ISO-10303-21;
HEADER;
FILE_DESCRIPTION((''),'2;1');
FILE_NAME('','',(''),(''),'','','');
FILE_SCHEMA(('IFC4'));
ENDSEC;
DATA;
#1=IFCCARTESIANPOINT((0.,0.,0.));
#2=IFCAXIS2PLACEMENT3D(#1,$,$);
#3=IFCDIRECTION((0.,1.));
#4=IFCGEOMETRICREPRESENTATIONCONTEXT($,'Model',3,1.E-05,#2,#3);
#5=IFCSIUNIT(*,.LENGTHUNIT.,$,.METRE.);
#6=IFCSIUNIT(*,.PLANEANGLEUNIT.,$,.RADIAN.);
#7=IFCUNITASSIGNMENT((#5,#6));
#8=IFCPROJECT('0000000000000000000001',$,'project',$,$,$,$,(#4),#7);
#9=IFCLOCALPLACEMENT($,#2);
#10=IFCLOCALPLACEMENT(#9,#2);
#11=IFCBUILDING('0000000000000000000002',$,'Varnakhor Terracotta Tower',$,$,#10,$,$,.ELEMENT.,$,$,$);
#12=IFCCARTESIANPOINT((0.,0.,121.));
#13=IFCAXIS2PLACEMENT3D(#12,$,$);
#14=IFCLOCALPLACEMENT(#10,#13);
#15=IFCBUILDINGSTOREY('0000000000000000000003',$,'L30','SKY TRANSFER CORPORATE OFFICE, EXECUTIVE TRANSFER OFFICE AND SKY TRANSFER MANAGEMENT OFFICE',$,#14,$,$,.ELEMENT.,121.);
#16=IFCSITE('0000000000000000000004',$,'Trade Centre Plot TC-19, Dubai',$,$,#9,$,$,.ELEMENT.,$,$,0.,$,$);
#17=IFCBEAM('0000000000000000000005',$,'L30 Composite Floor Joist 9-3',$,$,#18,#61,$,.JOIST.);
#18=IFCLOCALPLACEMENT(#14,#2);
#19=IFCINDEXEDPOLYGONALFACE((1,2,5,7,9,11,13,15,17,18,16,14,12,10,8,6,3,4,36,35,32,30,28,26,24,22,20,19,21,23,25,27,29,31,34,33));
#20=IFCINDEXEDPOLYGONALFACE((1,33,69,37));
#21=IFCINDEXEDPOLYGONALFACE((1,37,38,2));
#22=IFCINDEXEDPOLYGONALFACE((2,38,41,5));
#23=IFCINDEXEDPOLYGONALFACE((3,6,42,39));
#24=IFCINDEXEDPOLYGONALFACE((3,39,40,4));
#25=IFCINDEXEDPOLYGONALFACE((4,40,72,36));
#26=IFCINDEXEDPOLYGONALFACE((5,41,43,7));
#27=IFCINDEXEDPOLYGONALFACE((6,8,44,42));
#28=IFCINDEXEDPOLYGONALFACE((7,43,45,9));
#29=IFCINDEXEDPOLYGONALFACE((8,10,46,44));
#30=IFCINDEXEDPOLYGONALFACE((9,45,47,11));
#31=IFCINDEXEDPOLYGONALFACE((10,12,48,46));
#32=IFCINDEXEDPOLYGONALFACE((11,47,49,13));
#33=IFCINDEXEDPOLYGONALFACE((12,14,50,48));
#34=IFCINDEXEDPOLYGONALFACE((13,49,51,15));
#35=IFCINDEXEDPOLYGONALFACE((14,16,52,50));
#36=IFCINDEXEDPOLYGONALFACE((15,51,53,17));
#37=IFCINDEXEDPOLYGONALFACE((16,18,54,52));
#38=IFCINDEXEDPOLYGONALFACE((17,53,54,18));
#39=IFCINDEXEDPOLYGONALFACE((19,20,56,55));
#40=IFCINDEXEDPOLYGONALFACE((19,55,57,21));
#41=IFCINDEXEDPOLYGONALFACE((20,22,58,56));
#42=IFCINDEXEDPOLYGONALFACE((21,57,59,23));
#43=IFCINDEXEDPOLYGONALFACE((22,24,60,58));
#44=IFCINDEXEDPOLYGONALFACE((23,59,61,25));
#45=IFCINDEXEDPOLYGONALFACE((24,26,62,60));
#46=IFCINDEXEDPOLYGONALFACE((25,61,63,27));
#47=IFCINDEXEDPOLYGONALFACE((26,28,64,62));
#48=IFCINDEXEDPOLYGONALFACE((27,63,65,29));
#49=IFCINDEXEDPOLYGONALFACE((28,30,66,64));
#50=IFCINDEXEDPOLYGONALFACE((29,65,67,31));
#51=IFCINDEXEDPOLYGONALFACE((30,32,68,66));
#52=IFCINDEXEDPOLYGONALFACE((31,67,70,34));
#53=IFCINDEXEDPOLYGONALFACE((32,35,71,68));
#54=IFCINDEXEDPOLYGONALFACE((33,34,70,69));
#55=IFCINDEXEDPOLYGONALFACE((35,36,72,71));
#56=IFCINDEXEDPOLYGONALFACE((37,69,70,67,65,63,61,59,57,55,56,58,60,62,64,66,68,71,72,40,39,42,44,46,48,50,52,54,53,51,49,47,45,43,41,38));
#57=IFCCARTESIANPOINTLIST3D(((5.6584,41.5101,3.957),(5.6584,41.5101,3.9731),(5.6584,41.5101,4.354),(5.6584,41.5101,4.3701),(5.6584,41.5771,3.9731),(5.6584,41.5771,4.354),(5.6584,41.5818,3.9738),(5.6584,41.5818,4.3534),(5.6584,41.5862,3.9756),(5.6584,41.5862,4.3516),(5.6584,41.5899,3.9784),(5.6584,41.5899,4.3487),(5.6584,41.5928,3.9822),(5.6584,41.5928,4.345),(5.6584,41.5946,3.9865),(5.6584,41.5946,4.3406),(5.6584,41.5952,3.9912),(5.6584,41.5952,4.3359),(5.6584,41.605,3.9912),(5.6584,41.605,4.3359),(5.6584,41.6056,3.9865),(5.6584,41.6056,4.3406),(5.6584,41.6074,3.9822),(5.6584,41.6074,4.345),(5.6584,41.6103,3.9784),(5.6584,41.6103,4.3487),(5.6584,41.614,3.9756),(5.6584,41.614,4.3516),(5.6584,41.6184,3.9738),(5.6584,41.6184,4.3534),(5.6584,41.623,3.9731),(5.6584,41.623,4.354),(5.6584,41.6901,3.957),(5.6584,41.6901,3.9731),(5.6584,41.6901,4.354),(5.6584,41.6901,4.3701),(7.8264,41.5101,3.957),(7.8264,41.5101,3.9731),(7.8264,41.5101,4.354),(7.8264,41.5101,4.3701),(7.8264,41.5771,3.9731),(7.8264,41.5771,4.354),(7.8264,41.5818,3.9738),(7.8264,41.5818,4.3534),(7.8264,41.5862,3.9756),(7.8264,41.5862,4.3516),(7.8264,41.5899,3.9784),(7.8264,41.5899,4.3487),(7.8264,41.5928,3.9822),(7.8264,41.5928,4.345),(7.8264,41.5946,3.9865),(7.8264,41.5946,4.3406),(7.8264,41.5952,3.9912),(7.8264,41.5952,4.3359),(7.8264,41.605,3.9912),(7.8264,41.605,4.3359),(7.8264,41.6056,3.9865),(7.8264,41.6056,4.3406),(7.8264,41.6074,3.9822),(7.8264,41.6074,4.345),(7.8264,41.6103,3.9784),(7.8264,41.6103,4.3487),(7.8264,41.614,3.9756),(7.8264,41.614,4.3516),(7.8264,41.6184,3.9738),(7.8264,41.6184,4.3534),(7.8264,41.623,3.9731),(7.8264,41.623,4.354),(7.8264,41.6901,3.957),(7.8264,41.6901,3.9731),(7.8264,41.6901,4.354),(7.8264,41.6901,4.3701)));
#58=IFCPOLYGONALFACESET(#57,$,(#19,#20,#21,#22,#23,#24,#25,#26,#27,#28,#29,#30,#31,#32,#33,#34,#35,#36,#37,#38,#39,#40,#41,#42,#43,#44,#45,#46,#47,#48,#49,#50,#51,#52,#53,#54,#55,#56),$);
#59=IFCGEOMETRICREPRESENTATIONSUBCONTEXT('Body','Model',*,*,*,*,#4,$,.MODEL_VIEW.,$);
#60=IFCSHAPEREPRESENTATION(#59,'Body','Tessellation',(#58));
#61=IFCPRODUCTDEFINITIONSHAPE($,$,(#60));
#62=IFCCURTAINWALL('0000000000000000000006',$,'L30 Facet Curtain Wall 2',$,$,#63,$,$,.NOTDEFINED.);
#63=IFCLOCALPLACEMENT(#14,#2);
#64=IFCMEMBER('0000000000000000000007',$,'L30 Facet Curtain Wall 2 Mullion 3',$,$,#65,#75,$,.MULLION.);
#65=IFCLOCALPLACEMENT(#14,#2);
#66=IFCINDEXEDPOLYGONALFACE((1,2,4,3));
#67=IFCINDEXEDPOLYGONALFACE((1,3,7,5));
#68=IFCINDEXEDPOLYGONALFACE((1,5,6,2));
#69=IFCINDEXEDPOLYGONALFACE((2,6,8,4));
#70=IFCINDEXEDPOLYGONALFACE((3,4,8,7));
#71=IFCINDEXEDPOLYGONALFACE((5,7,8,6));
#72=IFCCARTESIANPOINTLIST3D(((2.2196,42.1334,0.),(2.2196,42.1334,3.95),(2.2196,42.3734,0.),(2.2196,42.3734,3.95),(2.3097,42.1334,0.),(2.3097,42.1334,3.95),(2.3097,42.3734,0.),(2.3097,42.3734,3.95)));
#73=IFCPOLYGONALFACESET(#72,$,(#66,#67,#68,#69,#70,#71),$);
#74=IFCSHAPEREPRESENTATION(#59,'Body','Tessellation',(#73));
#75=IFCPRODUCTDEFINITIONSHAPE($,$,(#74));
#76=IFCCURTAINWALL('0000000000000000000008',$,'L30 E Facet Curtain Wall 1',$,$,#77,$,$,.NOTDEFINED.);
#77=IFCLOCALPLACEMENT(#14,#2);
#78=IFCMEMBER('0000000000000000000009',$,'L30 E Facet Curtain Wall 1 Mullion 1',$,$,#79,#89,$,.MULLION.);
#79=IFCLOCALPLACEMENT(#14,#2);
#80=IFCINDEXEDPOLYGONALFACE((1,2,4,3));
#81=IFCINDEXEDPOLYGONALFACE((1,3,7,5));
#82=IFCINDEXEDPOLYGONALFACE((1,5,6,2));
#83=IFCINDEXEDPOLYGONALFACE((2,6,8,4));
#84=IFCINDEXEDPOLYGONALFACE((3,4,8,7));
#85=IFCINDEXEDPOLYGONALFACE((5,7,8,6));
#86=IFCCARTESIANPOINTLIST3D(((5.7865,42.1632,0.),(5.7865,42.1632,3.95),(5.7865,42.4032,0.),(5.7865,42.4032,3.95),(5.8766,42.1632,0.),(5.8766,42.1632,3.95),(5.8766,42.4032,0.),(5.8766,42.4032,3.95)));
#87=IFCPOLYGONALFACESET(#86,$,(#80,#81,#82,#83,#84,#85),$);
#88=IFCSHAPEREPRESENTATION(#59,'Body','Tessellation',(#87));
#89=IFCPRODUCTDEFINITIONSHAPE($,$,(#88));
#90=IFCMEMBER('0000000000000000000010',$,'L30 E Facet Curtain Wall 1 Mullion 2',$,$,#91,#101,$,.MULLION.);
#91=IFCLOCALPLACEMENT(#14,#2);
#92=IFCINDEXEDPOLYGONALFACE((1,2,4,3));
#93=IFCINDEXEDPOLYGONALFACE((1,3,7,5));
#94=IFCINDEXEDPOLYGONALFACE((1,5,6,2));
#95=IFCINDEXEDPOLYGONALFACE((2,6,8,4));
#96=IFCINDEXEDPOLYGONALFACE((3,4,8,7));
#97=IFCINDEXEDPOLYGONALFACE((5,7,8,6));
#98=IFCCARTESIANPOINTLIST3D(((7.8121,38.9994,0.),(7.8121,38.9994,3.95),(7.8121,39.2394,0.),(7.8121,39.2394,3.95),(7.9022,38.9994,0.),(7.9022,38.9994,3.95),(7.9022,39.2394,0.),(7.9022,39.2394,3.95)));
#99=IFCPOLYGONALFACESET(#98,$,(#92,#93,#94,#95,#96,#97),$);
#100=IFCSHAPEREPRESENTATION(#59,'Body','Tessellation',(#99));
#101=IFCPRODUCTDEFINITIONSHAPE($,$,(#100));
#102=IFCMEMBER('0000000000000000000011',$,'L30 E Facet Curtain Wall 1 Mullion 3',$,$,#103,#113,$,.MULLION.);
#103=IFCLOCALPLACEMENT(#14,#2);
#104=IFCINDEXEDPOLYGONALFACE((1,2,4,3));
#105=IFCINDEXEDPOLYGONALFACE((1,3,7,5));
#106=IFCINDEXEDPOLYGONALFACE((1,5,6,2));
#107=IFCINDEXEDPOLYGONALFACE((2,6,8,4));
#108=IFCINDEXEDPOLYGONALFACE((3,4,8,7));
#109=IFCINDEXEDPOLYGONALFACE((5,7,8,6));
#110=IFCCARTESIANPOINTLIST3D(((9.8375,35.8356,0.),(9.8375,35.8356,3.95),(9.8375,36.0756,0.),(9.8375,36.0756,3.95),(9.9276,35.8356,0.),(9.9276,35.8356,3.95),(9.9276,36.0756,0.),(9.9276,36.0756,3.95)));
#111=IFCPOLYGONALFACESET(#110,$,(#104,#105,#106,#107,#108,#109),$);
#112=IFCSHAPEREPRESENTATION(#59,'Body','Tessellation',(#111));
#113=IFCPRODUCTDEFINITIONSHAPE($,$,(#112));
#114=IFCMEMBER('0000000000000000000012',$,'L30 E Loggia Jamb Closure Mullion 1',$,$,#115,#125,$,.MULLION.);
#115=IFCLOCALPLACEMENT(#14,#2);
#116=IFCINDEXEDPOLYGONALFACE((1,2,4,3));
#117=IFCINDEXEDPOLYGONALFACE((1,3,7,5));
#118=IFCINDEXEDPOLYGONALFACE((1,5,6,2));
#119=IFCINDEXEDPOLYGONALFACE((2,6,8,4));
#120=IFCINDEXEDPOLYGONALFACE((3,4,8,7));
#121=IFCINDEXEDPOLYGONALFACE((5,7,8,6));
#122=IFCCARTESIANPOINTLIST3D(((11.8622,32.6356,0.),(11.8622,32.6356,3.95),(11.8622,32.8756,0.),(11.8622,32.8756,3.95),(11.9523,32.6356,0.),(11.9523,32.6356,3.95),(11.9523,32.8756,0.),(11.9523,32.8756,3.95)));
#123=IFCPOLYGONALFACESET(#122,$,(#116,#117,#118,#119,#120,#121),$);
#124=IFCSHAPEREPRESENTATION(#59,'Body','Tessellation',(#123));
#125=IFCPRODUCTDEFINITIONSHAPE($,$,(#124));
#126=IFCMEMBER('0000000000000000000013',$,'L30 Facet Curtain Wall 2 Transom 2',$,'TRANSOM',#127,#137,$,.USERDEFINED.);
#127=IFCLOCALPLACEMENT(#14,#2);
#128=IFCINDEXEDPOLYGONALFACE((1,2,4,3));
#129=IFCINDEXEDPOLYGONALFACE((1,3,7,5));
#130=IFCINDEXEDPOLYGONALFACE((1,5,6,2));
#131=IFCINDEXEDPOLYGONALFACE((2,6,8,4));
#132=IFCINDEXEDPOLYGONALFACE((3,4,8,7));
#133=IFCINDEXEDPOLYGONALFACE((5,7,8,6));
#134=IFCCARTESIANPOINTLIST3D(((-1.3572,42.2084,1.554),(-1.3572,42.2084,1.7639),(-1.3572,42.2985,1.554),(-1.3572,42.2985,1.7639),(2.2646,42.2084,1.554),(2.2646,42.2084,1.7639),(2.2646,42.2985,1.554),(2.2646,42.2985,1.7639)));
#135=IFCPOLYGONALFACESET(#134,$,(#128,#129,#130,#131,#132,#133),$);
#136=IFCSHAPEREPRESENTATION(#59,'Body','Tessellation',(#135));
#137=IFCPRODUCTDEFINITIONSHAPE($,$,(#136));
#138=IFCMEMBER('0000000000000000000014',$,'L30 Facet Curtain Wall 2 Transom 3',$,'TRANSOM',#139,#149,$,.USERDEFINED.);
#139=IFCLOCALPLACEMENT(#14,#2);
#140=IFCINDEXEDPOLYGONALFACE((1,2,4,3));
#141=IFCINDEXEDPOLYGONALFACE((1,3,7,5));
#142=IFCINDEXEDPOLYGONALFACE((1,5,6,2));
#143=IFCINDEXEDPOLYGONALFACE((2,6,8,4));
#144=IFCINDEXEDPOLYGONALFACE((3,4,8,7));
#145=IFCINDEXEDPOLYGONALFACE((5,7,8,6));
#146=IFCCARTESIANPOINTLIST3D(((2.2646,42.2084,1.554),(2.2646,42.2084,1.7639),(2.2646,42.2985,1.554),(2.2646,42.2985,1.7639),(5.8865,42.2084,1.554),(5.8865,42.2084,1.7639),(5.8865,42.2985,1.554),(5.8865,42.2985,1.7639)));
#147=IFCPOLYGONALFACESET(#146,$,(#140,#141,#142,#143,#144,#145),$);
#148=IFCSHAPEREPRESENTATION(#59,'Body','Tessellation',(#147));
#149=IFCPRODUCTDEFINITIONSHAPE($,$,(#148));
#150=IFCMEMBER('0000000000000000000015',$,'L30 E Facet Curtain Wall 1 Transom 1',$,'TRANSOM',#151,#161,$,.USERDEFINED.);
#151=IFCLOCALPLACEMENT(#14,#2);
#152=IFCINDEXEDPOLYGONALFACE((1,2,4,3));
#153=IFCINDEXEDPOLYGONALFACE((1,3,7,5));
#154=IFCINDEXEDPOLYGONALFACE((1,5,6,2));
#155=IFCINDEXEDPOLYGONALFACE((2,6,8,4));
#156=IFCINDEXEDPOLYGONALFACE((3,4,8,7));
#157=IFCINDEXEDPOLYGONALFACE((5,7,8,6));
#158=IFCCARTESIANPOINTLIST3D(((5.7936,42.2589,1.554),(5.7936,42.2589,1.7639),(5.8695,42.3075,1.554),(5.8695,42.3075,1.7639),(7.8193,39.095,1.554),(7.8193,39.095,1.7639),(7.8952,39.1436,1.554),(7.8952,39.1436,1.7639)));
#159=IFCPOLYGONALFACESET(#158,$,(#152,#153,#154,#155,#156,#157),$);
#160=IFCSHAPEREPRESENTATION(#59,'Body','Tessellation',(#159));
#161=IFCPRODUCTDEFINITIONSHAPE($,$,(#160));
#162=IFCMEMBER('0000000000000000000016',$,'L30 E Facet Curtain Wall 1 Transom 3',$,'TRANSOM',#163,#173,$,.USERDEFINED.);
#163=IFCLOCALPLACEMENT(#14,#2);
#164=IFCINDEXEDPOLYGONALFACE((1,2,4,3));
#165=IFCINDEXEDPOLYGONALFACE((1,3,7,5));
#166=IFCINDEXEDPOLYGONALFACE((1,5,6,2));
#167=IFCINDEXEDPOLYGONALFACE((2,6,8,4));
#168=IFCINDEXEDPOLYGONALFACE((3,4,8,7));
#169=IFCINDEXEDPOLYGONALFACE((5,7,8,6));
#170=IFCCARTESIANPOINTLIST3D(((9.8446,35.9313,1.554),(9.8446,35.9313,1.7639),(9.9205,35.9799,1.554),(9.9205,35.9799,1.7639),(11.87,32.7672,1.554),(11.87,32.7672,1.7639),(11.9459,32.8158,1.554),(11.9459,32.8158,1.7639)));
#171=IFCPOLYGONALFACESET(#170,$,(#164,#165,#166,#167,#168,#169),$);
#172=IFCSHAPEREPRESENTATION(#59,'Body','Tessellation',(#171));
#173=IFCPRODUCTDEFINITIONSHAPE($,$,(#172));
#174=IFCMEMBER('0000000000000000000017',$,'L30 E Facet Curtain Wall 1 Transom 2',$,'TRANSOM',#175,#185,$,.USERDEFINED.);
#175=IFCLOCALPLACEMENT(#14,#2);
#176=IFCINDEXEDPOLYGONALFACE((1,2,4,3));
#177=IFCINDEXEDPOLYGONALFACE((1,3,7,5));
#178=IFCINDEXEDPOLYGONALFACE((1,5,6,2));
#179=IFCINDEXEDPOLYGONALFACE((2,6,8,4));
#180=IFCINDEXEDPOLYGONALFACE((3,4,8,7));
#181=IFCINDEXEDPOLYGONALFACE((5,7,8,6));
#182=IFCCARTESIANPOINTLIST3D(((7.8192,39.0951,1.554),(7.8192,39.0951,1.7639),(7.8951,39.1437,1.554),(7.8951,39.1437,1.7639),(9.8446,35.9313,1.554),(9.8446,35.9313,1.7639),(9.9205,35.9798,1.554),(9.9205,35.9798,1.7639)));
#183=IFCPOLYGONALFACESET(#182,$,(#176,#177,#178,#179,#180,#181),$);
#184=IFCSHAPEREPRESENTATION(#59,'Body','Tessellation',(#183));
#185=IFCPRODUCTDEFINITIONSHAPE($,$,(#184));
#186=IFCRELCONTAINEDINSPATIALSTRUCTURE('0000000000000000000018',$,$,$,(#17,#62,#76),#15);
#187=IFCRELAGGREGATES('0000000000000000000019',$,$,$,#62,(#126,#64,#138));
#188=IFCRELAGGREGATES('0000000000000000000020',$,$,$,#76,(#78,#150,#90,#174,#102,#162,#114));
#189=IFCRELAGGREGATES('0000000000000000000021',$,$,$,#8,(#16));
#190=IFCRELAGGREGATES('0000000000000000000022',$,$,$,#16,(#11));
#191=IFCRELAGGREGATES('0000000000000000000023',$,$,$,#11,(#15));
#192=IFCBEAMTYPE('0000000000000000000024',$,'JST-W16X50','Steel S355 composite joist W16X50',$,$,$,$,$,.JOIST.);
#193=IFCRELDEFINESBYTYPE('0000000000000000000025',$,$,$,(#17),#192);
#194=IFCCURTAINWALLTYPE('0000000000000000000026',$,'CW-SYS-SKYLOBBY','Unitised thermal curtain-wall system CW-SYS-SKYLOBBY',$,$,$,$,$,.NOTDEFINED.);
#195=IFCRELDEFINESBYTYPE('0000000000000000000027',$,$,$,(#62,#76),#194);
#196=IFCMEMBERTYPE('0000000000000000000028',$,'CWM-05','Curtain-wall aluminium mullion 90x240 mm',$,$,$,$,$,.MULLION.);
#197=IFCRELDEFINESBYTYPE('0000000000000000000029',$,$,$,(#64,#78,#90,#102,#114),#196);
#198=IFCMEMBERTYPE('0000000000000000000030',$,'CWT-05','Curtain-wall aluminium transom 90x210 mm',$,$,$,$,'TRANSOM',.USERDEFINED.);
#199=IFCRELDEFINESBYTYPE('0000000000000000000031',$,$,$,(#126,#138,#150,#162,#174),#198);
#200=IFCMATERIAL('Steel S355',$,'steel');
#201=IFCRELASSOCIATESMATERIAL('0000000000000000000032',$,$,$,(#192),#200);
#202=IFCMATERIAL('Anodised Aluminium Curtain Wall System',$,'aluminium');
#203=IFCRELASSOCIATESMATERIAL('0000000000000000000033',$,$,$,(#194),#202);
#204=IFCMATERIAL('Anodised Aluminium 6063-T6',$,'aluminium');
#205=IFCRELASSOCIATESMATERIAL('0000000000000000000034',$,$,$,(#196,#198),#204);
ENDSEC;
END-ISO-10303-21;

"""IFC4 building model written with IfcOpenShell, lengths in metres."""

from ifc_helpers import new_model, si_unit, direction, frame, origin, origin_2d, place, context, subcontext, project, spatial, rectangle, i_section, extrude, source, transform, mapped, material, material_profile, profile_set, type_object, type_shapes, element, aggregate, save


model = new_model("IFC4")

# Units and contexts
model_context = context("Model", 3, precision=1e-05, world=origin(), true_north=direction((0.0, 1.0)))
body_context = subcontext(model_context, "Body", "Model", "MODEL_VIEW")
ifc_project = project(units=[si_unit("LENGTHUNIT", "METRE"), si_unit("PLANEANGLEUNIT", "RADIAN")], contexts=[model_context])

# Site, building, storey
site_placement = place(None, origin())
site = spatial("IfcSite", under=ifc_project, at=site_placement, Name="Trade Centre Plot TC-19, Dubai", CompositionType="ELEMENT", RefElevation=0.0)
building_placement = place(site_placement, origin())
building = spatial("IfcBuilding", under=site, at=building_placement, Name="Varnakhor Terracotta Tower", CompositionType="ELEMENT")
storey_placement = place(building_placement, frame((0.0, 0.0, 121.0)))
storey = spatial("IfcBuildingStorey", under=building, at=storey_placement, Name="L30", Description="SKY TRANSFER CORPORATE OFFICE, EXECUTIVE TRANSFER OFFICE AND SKY TRANSFER MANAGEMENT OFFICE", CompositionType="ELEMENT", Elevation=121.0)

# Beam
ifc_material_1 = material(Name="Steel S355", Category="steel")
ifc_material_profile_1 = material_profile(ifc_material_1, i_section(OverallWidth=0.1799, OverallDepth=0.4131, WebThickness=0.0098, FlangeThickness=0.0161, FilletRadius=0.0181, at=origin_2d()), Name="W16X50")
ifc_profile_set_1 = profile_set([ifc_material_profile_1], Name="Steel S355")
beam_type_1 = type_object("IfcBeamType", Name="JST-W16X50", Description="Steel S355 composite joist W16X50", PredefinedType="JOIST", material=ifc_profile_set_1)
shared_shape_1 = source(origin(), body_context, "Body", "SweptSolid", [
    extrude(i_section(OverallWidth=0.1799, OverallDepth=0.4131, WebThickness=0.0098, FlangeThickness=0.0161, FilletRadius=0.0181, at=origin_2d()), origin(), (0.0, 0.0, 1.0), 2.168),
])
beam_1_placement = place(storey_placement, frame((5.6584, 41.6001, 4.1636), z_axis=(1.0, 0.0, 0.0), x_axis=(0.0, 1.0, 0.0)))
element("IfcBeam", 1, at=beam_1_placement, inside=storey, type_object=beam_type_1, Name="L30 Composite Floor Joist 9-3", PredefinedType="JOIST", context=body_context, shape_type="MappedRepresentation", body=[
    mapped(shared_shape_1, transform((0.0, 0.0, 0.0), scale=1.0)),
])

# Curtain wall, member
ifc_material_2 = material(Name="Anodised Aluminium Curtain Wall System", Category="aluminium")
curtain_wall_type = type_object("IfcCurtainWallType", Name="CW-SYS-SKYLOBBY", Description="Unitised thermal curtain-wall system CW-SYS-SKYLOBBY", PredefinedType="NOTDEFINED", material=ifc_material_2)
curtain_wall_1_placement = place(storey_placement, origin())
curtain_wall_1 = element("IfcCurtainWall", 2, at=curtain_wall_1_placement, inside=storey, type_object=curtain_wall_type, Name="L30 Facet Curtain Wall 2", PredefinedType="NOTDEFINED")
ifc_material_3 = material(Name="Anodised Aluminium 6063-T6", Category="aluminium")
ifc_material_profile_2 = material_profile(ifc_material_3, rectangle(XDim=0.0901, YDim=0.24, at=origin_2d()), Name="ALU MULLION 90x240")
ifc_profile_set_2 = profile_set([ifc_material_profile_2], Name="Anodised Aluminium 6063-T6")
member_type_1 = type_object("IfcMemberType", Name="CWM-05", Description="Curtain-wall aluminium mullion 90x240 mm", PredefinedType="MULLION", material=ifc_profile_set_2)
shared_shape_2 = source(origin(), body_context, "Body", "SweptSolid", [
    extrude(rectangle(XDim=0.0901, YDim=0.24, at=origin_2d()), origin(), (0.0, 0.0, 1.0), 3.95),
])
type_shapes(member_type_1, [shared_shape_2])
member_1_placement = place(storey_placement, frame((2.2646, 42.2534, 0.0), z_axis=(0.0, 0.0, 1.0), x_axis=(1.0, 0.0, 0.0)))
member_1 = element("IfcMember", 3, at=member_1_placement, type_object=member_type_1, Name="L30 Facet Curtain Wall 2 Mullion 3", PredefinedType="MULLION", context=body_context, shape_type="MappedRepresentation", body=[
    mapped(shared_shape_2, transform((0.0, 0.0, 0.0), scale=1.0)),
])

# Curtain wall, members
curtain_wall_2_placement = place(storey_placement, origin())
curtain_wall_2 = element("IfcCurtainWall", 4, at=curtain_wall_2_placement, inside=storey, type_object=curtain_wall_type, Name="L30 E Facet Curtain Wall 1", PredefinedType="NOTDEFINED")
member_2_placement = place(storey_placement, frame((5.8315, 42.2832, 0.0), z_axis=(0.0, 0.0, 1.0), x_axis=(1.0, 0.0, 0.0)))
member_2 = element("IfcMember", 5, at=member_2_placement, type_object=member_type_1, Name="L30 E Facet Curtain Wall 1 Mullion 1", PredefinedType="MULLION", context=body_context, shape_type="MappedRepresentation", body=[
    mapped(shared_shape_2, transform((0.0, 0.0, 0.0), scale=1.0)),
])
member_3_placement = place(storey_placement, frame((7.8572, 39.1194, 0.0), z_axis=(0.0, 0.0, 1.0), x_axis=(1.0, 0.0, 0.0)))
member_3 = element("IfcMember", 6, at=member_3_placement, type_object=member_type_1, Name="L30 E Facet Curtain Wall 1 Mullion 2", PredefinedType="MULLION", context=body_context, shape_type="MappedRepresentation", body=[
    mapped(shared_shape_2, transform((0.0, 0.0, 0.0), scale=1.0)),
])
member_4_placement = place(storey_placement, frame((9.8826, 35.9556, 0.0), z_axis=(0.0, 0.0, 1.0), x_axis=(1.0, 0.0, 0.0)))
member_4 = element("IfcMember", 7, at=member_4_placement, type_object=member_type_1, Name="L30 E Facet Curtain Wall 1 Mullion 3", PredefinedType="MULLION", context=body_context, shape_type="MappedRepresentation", body=[
    mapped(shared_shape_2, transform((0.0, 0.0, 0.0), scale=1.0)),
])
member_5_placement = place(storey_placement, frame((11.9072, 32.7556, 0.0), z_axis=(0.0, 0.0, 1.0), x_axis=(1.0, 0.0, 0.0)))
member_5 = element("IfcMember", 8, at=member_5_placement, type_object=member_type_1, Name="L30 E Loggia Jamb Closure Mullion 1", PredefinedType="MULLION", context=body_context, shape_type="MappedRepresentation", body=[
    mapped(shared_shape_2, transform((0.0, 0.0, 0.0), scale=1.0)),
])

# Members
ifc_material_profile_3 = material_profile(ifc_material_3, rectangle(XDim=0.0901, YDim=0.21, at=origin_2d()), Name="ALU TRANSOM 90x210")
ifc_profile_set_3 = profile_set([ifc_material_profile_3], Name="Anodised Aluminium 6063-T6")
member_type_2 = type_object("IfcMemberType", Name="CWT-05", Description="Curtain-wall aluminium transom 90x210 mm", ElementType="TRANSOM", PredefinedType="USERDEFINED", material=ifc_profile_set_3)
shared_shape_3 = source(origin(), body_context, "Body", "SweptSolid", [
    extrude(rectangle(XDim=0.0901, YDim=0.21, at=origin_2d()), origin(), (0.0, 0.0, 1.0), 3.6218),
])
member_6_placement = place(storey_placement, frame((-1.3572, 42.2534, 1.6589), z_axis=(1.0, 0.0, 0.0), x_axis=(0.0, 1.0, 0.0)))
member_6 = element("IfcMember", 9, at=member_6_placement, type_object=member_type_2, Name="L30 Facet Curtain Wall 2 Transom 2", ObjectType="TRANSOM", PredefinedType="USERDEFINED", context=body_context, shape_type="MappedRepresentation", body=[
    mapped(shared_shape_3, transform((0.0, 0.0, 0.0), scale=1.0)),
])
member_7_placement = place(storey_placement, frame((2.2646, 42.2534, 1.6589), z_axis=(1.0, 0.0, 0.0), x_axis=(0.0, 1.0, 0.0)))
member_7 = element("IfcMember", 10, at=member_7_placement, type_object=member_type_2, Name="L30 Facet Curtain Wall 2 Transom 3", ObjectType="TRANSOM", PredefinedType="USERDEFINED", context=body_context, shape_type="MappedRepresentation", body=[
    mapped(shared_shape_3, transform((0.0, 0.0, 0.0), scale=1.0)),
])
shared_shape_4 = source(origin(), body_context, "Body", "SweptSolid", [
    extrude(rectangle(XDim=0.0901, YDim=0.21, at=origin_2d()), origin(), (0.0, 0.0, 1.0), 3.7568),
])
member_8_placement = place(storey_placement, frame((5.8315, 42.2832, 1.6589), z_axis=(0.539203, -0.842176, 0.0), x_axis=(0.842176, 0.539203, 0.0)))
member_8 = element("IfcMember", 11, at=member_8_placement, type_object=member_type_2, Name="L30 E Facet Curtain Wall 1 Transom 1", ObjectType="TRANSOM", PredefinedType="USERDEFINED", context=body_context, shape_type="MappedRepresentation", body=[
    mapped(shared_shape_4, transform((0.0, 0.0, 0.0), scale=1.0)),
])
member_9_placement = place(storey_placement, frame((9.8826, 35.9556, 1.6589), z_axis=(0.539127, -0.842224, 0.0), x_axis=(0.842224, 0.539127, 0.0)))
member_9 = element("IfcMember", 12, at=member_9_placement, type_object=member_type_2, Name="L30 E Facet Curtain Wall 1 Transom 3", ObjectType="TRANSOM", PredefinedType="USERDEFINED", context=body_context, shape_type="MappedRepresentation", body=[
    mapped(shared_shape_4, transform((0.0, 0.0, 0.0), scale=1.0)),
])
shared_shape_5 = source(origin(), body_context, "Body", "SweptSolid", [
    extrude(rectangle(XDim=0.0901, YDim=0.21, at=origin_2d()), origin(), (0.0, 0.0, 1.0), 3.7566),
])
member_10_placement = place(storey_placement, frame((7.8572, 39.1194, 1.6589), z_axis=(0.539157, -0.842205, 0.0), x_axis=(0.842205, 0.539157, 0.0)))
member_10 = element("IfcMember", 13, at=member_10_placement, type_object=member_type_2, Name="L30 E Facet Curtain Wall 1 Transom 2", ObjectType="TRANSOM", PredefinedType="USERDEFINED", context=body_context, shape_type="MappedRepresentation", body=[
    mapped(shared_shape_5, transform((0.0, 0.0, 0.0), scale=1.0)),
])

aggregate(curtain_wall_1, [member_6, member_1, member_7])
aggregate(curtain_wall_2, [member_2, member_8, member_3, member_10, member_4, member_9, member_5])

save(model, "model.ifc")
